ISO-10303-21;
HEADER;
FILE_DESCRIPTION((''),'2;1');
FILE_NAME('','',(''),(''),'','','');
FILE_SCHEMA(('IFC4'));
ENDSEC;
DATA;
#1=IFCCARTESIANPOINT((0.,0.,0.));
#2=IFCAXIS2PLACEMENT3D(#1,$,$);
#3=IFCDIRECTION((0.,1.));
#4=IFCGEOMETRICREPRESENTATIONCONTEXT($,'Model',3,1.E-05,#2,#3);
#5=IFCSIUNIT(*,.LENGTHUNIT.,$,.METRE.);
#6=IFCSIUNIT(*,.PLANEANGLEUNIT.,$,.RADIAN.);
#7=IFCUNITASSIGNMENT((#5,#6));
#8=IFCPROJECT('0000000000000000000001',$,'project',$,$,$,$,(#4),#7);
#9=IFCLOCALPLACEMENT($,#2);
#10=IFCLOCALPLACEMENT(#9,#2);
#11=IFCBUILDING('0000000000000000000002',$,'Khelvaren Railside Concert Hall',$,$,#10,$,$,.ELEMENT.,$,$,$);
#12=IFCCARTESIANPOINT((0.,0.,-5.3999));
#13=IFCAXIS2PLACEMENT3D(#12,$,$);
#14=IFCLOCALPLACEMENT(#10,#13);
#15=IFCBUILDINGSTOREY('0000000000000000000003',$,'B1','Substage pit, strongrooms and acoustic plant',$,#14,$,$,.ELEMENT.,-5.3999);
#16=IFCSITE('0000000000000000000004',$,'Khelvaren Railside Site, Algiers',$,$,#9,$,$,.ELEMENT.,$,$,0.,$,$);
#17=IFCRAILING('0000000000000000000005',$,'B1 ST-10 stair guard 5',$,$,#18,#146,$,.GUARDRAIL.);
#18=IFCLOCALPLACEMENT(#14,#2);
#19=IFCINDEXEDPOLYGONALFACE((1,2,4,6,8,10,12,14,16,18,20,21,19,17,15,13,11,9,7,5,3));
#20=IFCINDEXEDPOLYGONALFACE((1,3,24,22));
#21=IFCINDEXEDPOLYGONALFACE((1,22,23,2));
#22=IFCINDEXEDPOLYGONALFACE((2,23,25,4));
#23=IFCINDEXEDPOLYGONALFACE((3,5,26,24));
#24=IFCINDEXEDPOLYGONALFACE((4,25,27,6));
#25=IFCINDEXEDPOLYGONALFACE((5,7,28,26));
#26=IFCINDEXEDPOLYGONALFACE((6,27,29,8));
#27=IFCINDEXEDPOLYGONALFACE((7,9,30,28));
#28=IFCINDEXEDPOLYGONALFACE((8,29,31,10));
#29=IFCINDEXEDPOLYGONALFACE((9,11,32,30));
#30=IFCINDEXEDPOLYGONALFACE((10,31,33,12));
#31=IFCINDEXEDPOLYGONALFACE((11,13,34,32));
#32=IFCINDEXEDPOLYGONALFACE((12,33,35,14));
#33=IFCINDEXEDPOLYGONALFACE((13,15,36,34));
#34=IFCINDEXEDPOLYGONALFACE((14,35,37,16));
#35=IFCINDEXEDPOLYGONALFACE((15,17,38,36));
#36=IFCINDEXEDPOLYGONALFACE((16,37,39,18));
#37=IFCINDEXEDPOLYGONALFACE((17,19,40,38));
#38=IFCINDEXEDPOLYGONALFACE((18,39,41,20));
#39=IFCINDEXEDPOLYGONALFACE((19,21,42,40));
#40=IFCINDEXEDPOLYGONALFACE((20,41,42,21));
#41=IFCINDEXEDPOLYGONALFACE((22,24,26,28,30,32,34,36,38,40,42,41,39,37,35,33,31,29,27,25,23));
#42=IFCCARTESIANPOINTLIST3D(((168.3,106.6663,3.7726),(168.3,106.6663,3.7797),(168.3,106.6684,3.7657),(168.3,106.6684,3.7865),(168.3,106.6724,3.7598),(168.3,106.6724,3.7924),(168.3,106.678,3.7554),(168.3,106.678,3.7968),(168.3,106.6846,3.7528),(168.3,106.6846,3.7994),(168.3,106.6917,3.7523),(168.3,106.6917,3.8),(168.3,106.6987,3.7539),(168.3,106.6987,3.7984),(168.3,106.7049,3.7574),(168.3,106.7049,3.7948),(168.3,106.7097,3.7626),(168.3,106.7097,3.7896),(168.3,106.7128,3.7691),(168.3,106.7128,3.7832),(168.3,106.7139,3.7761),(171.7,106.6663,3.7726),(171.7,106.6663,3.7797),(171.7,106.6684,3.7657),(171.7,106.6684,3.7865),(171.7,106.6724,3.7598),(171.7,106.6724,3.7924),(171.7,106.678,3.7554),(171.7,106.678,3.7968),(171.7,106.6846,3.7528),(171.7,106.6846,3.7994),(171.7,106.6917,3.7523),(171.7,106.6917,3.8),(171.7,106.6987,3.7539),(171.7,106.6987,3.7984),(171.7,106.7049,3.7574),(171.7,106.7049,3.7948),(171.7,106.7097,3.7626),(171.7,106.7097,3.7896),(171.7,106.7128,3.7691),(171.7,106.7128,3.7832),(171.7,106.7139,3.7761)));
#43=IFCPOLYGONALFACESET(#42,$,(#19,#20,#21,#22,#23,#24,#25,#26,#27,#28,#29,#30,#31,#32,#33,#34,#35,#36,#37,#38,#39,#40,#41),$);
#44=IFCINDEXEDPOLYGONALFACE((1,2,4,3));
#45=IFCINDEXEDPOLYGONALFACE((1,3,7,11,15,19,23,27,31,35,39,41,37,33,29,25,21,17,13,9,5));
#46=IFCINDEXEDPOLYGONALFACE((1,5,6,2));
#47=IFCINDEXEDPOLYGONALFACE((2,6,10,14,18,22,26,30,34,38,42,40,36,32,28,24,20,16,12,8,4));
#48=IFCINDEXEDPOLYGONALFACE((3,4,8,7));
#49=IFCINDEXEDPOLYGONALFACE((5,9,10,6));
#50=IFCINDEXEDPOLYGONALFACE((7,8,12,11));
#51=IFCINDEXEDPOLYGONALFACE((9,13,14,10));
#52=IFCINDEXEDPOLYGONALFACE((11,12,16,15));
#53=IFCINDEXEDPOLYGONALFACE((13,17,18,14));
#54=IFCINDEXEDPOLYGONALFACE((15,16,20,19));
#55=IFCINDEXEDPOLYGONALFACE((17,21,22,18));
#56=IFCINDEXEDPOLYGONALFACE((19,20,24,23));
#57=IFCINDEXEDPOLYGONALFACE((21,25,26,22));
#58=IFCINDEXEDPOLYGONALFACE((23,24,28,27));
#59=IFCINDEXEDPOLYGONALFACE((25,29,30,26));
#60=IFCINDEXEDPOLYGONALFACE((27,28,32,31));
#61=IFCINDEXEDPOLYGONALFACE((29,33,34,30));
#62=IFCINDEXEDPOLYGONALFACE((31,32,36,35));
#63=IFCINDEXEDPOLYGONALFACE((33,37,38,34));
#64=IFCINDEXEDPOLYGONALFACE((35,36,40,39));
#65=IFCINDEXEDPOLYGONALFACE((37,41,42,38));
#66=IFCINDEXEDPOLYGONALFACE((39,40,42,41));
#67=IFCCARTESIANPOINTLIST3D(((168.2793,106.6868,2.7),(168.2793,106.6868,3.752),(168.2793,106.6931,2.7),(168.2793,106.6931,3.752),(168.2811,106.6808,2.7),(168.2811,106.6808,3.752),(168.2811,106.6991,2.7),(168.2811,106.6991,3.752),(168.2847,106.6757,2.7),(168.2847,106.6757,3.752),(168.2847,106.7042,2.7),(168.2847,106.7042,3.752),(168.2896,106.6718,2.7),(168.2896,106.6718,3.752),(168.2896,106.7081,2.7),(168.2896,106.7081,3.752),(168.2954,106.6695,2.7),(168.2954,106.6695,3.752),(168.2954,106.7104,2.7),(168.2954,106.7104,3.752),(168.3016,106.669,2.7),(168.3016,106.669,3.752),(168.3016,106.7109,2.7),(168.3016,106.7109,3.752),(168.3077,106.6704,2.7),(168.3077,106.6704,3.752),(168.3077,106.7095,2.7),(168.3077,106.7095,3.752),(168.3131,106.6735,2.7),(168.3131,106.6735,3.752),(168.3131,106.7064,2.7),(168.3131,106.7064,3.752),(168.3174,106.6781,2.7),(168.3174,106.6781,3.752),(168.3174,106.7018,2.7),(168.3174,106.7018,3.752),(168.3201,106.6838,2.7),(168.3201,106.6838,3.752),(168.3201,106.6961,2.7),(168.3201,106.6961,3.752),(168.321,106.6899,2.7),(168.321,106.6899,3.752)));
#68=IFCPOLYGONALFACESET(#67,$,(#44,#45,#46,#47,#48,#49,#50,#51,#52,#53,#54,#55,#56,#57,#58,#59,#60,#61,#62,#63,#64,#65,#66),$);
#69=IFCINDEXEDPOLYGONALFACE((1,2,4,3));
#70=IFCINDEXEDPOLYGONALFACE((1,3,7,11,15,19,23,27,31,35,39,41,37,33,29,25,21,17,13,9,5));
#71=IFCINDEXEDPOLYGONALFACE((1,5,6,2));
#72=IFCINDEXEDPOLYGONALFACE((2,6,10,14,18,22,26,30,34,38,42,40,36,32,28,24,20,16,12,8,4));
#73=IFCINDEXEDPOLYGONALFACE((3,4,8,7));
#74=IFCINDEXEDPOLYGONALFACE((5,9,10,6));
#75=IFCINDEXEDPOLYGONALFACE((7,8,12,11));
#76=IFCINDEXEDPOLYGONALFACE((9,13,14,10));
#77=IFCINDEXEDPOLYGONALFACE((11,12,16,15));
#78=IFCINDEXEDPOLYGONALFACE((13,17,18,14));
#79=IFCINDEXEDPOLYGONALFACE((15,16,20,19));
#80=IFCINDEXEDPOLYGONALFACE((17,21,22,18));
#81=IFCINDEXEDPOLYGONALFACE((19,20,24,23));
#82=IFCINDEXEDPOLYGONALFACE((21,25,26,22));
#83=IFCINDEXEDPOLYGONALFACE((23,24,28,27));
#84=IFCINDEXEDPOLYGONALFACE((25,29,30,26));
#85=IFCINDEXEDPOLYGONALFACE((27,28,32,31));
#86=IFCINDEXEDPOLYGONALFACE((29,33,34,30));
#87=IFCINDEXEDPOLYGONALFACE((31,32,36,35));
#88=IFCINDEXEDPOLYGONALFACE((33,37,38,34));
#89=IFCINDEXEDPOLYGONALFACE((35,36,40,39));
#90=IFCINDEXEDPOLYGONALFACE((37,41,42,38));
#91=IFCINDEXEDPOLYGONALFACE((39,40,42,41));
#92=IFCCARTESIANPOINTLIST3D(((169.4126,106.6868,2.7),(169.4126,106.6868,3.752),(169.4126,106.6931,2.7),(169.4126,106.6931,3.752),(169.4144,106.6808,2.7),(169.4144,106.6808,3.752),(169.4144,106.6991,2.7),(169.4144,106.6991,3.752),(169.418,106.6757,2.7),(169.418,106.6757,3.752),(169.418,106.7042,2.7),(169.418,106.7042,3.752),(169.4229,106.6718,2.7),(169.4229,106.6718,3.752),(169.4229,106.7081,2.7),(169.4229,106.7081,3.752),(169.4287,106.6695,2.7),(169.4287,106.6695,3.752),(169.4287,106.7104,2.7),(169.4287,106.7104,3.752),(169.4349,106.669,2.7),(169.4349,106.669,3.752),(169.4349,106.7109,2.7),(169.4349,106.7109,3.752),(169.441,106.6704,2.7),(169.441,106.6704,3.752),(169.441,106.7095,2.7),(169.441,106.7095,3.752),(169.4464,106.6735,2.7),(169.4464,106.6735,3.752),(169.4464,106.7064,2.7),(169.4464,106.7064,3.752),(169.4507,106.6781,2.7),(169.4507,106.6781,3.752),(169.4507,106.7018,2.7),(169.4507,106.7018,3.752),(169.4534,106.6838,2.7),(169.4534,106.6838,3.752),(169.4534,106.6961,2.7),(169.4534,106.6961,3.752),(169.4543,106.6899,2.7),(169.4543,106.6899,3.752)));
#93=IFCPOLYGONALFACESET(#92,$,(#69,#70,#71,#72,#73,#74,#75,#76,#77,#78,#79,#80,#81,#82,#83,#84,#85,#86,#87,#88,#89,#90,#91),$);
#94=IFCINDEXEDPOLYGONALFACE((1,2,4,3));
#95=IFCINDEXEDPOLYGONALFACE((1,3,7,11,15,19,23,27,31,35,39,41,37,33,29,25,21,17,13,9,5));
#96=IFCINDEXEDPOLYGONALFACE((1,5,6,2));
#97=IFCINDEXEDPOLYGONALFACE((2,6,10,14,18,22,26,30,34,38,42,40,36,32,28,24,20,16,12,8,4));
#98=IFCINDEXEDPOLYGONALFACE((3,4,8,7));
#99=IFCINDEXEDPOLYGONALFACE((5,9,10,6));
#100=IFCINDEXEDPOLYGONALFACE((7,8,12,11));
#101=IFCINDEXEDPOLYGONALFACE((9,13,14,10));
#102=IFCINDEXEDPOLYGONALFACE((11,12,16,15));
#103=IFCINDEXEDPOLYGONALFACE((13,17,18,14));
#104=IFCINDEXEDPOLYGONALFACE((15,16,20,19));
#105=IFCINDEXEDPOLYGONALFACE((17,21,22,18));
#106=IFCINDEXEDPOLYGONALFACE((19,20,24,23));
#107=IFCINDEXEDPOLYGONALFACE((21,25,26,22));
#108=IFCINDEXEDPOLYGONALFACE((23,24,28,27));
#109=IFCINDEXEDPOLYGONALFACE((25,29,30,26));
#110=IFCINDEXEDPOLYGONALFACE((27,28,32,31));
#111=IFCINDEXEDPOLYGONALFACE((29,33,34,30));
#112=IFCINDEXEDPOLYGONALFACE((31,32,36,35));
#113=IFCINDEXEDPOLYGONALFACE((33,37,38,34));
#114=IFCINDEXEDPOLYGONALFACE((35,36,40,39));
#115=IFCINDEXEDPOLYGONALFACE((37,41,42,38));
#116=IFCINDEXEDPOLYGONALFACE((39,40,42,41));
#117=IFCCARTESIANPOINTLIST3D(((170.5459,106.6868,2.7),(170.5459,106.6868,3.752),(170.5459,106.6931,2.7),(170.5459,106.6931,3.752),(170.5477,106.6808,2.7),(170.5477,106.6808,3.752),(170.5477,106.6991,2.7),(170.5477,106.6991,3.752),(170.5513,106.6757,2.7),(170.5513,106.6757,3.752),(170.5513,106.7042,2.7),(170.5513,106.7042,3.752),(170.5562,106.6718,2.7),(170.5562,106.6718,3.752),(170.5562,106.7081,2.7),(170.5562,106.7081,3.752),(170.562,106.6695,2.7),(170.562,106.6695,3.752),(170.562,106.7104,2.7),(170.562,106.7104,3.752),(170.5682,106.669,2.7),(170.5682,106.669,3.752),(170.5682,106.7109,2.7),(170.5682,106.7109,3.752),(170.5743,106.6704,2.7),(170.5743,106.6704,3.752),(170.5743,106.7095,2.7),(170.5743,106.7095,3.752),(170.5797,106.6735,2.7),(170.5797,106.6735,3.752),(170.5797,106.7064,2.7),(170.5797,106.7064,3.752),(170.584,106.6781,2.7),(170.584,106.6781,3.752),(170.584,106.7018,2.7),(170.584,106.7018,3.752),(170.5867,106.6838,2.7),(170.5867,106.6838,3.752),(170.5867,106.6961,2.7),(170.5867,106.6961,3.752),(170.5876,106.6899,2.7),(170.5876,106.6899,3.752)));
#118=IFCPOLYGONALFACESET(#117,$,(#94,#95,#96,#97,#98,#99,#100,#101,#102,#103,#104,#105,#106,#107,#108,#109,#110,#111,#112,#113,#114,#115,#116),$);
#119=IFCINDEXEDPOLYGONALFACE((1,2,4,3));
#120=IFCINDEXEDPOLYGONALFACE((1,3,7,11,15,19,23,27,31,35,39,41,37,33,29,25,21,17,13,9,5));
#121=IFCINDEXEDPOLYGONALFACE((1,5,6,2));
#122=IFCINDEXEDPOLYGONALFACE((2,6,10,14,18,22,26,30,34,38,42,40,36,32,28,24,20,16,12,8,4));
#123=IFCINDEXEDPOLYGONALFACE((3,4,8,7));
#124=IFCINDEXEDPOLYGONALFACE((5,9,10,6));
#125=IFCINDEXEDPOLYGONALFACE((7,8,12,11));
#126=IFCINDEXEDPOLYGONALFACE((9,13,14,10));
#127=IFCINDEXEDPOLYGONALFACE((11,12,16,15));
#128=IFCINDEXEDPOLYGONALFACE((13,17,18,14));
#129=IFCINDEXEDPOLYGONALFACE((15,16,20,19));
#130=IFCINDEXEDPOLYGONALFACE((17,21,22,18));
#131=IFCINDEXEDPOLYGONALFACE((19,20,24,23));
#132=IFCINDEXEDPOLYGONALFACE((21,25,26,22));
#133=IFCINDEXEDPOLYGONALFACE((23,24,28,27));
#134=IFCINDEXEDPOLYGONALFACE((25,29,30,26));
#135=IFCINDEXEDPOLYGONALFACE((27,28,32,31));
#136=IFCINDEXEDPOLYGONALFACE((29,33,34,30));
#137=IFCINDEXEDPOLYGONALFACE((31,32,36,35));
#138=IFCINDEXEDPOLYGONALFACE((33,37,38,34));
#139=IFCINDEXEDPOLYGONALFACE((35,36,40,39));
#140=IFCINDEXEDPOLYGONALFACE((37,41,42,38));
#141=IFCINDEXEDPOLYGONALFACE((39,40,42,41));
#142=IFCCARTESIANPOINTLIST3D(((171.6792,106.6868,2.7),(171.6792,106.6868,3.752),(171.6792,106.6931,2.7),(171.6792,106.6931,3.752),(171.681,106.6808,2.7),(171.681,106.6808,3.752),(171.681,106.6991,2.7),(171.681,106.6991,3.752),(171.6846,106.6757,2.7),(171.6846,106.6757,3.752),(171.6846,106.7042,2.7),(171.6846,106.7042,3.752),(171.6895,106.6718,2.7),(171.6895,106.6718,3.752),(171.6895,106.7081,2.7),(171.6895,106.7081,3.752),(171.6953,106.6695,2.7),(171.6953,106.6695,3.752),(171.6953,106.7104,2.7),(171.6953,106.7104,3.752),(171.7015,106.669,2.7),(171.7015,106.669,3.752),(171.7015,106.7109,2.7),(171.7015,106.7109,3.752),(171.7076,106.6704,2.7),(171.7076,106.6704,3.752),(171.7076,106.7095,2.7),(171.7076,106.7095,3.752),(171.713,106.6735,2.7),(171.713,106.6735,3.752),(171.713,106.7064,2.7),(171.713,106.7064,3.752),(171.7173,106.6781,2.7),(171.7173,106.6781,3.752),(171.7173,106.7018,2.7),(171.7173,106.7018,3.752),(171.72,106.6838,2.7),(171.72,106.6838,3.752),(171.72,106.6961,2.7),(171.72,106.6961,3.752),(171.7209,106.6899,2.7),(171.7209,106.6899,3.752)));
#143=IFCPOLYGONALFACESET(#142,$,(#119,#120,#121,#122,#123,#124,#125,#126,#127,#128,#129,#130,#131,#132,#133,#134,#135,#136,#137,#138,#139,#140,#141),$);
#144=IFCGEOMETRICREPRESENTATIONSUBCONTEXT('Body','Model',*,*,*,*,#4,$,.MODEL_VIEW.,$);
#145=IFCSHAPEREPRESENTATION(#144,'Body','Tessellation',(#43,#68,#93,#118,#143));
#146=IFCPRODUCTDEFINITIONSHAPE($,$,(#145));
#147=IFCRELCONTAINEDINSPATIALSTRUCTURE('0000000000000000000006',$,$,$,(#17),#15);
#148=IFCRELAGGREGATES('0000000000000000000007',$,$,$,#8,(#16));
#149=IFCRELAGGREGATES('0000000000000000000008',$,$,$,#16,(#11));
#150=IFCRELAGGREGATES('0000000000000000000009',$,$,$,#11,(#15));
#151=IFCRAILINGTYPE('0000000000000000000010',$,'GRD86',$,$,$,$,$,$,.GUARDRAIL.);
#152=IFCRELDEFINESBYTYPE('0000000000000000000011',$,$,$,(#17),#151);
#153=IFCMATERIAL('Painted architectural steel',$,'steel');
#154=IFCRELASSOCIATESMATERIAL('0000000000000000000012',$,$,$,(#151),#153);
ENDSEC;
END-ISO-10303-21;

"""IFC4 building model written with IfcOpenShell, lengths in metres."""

from ifc_helpers import new_model, si_unit, direction, frame, origin, origin_2d, place, context, subcontext, project, spatial, circle, extrude, material, type_object, element, save


model = new_model("IFC4")

# Units and contexts
model_context = context("Model", 3, precision=1e-05, world=origin(), true_north=direction((0.0, 1.0)))
body_context = subcontext(model_context, "Body", "Model", "MODEL_VIEW")
ifc_project = project(units=[si_unit("LENGTHUNIT", "METRE"), si_unit("PLANEANGLEUNIT", "RADIAN")], contexts=[model_context])

# Site, building, storey
site_placement = place(None, origin())
site = spatial("IfcSite", under=ifc_project, at=site_placement, Name="Khelvaren Railside Site, Algiers", CompositionType="ELEMENT", RefElevation=0.0)
building_placement = place(site_placement, origin())
building = spatial("IfcBuilding", under=site, at=building_placement, Name="Khelvaren Railside Concert Hall", CompositionType="ELEMENT")
storey_placement = place(building_placement, frame((0.0, 0.0, -5.3999)))
storey = spatial("IfcBuildingStorey", under=building, at=storey_placement, Name="B1", Description="Substage pit, strongrooms and acoustic plant", CompositionType="ELEMENT", Elevation=-5.3999)

# Railing
ifc_material_1 = material(Name="Painted architectural steel", Category="steel")
railing_type_1 = type_object("IfcRailingType", Name="GRD86", PredefinedType="GUARDRAIL", material=ifc_material_1)
railing_1_placement = place(storey_placement, frame((168.3, 106.6899, 2.7)))
element("IfcRailing", 1, at=railing_1_placement, inside=storey, type_object=railing_type_1, Name="B1 ST-10 stair guard 5", PredefinedType="GUARDRAIL", context=body_context, shape_type="SweptSolid", body=[
    extrude(circle(Radius=0.0239, at=origin_2d()), frame((0.0, 0.0, 1.0762), z_axis=(1.0, 0.0, 0.0), x_axis=(0.0, 1.0, 0.0)), (0.0, 0.0, 1.0), 3.3999),
    extrude(circle(Radius=0.021, at=origin_2d()), origin(), (0.0, 0.0, 1.0), 1.052),
    extrude(circle(Radius=0.021, at=origin_2d()), frame((1.1333, 0.0, 0.0)), (0.0, 0.0, 1.0), 1.052),
    extrude(circle(Radius=0.021, at=origin_2d()), frame((2.2666, 0.0, 0.0)), (0.0, 0.0, 1.0), 1.052),
    extrude(circle(Radius=0.021, at=origin_2d()), frame((3.3999, 0.0, 0.0)), (0.0, 0.0, 1.0), 1.052),
])

save(model, "model.ifc")
